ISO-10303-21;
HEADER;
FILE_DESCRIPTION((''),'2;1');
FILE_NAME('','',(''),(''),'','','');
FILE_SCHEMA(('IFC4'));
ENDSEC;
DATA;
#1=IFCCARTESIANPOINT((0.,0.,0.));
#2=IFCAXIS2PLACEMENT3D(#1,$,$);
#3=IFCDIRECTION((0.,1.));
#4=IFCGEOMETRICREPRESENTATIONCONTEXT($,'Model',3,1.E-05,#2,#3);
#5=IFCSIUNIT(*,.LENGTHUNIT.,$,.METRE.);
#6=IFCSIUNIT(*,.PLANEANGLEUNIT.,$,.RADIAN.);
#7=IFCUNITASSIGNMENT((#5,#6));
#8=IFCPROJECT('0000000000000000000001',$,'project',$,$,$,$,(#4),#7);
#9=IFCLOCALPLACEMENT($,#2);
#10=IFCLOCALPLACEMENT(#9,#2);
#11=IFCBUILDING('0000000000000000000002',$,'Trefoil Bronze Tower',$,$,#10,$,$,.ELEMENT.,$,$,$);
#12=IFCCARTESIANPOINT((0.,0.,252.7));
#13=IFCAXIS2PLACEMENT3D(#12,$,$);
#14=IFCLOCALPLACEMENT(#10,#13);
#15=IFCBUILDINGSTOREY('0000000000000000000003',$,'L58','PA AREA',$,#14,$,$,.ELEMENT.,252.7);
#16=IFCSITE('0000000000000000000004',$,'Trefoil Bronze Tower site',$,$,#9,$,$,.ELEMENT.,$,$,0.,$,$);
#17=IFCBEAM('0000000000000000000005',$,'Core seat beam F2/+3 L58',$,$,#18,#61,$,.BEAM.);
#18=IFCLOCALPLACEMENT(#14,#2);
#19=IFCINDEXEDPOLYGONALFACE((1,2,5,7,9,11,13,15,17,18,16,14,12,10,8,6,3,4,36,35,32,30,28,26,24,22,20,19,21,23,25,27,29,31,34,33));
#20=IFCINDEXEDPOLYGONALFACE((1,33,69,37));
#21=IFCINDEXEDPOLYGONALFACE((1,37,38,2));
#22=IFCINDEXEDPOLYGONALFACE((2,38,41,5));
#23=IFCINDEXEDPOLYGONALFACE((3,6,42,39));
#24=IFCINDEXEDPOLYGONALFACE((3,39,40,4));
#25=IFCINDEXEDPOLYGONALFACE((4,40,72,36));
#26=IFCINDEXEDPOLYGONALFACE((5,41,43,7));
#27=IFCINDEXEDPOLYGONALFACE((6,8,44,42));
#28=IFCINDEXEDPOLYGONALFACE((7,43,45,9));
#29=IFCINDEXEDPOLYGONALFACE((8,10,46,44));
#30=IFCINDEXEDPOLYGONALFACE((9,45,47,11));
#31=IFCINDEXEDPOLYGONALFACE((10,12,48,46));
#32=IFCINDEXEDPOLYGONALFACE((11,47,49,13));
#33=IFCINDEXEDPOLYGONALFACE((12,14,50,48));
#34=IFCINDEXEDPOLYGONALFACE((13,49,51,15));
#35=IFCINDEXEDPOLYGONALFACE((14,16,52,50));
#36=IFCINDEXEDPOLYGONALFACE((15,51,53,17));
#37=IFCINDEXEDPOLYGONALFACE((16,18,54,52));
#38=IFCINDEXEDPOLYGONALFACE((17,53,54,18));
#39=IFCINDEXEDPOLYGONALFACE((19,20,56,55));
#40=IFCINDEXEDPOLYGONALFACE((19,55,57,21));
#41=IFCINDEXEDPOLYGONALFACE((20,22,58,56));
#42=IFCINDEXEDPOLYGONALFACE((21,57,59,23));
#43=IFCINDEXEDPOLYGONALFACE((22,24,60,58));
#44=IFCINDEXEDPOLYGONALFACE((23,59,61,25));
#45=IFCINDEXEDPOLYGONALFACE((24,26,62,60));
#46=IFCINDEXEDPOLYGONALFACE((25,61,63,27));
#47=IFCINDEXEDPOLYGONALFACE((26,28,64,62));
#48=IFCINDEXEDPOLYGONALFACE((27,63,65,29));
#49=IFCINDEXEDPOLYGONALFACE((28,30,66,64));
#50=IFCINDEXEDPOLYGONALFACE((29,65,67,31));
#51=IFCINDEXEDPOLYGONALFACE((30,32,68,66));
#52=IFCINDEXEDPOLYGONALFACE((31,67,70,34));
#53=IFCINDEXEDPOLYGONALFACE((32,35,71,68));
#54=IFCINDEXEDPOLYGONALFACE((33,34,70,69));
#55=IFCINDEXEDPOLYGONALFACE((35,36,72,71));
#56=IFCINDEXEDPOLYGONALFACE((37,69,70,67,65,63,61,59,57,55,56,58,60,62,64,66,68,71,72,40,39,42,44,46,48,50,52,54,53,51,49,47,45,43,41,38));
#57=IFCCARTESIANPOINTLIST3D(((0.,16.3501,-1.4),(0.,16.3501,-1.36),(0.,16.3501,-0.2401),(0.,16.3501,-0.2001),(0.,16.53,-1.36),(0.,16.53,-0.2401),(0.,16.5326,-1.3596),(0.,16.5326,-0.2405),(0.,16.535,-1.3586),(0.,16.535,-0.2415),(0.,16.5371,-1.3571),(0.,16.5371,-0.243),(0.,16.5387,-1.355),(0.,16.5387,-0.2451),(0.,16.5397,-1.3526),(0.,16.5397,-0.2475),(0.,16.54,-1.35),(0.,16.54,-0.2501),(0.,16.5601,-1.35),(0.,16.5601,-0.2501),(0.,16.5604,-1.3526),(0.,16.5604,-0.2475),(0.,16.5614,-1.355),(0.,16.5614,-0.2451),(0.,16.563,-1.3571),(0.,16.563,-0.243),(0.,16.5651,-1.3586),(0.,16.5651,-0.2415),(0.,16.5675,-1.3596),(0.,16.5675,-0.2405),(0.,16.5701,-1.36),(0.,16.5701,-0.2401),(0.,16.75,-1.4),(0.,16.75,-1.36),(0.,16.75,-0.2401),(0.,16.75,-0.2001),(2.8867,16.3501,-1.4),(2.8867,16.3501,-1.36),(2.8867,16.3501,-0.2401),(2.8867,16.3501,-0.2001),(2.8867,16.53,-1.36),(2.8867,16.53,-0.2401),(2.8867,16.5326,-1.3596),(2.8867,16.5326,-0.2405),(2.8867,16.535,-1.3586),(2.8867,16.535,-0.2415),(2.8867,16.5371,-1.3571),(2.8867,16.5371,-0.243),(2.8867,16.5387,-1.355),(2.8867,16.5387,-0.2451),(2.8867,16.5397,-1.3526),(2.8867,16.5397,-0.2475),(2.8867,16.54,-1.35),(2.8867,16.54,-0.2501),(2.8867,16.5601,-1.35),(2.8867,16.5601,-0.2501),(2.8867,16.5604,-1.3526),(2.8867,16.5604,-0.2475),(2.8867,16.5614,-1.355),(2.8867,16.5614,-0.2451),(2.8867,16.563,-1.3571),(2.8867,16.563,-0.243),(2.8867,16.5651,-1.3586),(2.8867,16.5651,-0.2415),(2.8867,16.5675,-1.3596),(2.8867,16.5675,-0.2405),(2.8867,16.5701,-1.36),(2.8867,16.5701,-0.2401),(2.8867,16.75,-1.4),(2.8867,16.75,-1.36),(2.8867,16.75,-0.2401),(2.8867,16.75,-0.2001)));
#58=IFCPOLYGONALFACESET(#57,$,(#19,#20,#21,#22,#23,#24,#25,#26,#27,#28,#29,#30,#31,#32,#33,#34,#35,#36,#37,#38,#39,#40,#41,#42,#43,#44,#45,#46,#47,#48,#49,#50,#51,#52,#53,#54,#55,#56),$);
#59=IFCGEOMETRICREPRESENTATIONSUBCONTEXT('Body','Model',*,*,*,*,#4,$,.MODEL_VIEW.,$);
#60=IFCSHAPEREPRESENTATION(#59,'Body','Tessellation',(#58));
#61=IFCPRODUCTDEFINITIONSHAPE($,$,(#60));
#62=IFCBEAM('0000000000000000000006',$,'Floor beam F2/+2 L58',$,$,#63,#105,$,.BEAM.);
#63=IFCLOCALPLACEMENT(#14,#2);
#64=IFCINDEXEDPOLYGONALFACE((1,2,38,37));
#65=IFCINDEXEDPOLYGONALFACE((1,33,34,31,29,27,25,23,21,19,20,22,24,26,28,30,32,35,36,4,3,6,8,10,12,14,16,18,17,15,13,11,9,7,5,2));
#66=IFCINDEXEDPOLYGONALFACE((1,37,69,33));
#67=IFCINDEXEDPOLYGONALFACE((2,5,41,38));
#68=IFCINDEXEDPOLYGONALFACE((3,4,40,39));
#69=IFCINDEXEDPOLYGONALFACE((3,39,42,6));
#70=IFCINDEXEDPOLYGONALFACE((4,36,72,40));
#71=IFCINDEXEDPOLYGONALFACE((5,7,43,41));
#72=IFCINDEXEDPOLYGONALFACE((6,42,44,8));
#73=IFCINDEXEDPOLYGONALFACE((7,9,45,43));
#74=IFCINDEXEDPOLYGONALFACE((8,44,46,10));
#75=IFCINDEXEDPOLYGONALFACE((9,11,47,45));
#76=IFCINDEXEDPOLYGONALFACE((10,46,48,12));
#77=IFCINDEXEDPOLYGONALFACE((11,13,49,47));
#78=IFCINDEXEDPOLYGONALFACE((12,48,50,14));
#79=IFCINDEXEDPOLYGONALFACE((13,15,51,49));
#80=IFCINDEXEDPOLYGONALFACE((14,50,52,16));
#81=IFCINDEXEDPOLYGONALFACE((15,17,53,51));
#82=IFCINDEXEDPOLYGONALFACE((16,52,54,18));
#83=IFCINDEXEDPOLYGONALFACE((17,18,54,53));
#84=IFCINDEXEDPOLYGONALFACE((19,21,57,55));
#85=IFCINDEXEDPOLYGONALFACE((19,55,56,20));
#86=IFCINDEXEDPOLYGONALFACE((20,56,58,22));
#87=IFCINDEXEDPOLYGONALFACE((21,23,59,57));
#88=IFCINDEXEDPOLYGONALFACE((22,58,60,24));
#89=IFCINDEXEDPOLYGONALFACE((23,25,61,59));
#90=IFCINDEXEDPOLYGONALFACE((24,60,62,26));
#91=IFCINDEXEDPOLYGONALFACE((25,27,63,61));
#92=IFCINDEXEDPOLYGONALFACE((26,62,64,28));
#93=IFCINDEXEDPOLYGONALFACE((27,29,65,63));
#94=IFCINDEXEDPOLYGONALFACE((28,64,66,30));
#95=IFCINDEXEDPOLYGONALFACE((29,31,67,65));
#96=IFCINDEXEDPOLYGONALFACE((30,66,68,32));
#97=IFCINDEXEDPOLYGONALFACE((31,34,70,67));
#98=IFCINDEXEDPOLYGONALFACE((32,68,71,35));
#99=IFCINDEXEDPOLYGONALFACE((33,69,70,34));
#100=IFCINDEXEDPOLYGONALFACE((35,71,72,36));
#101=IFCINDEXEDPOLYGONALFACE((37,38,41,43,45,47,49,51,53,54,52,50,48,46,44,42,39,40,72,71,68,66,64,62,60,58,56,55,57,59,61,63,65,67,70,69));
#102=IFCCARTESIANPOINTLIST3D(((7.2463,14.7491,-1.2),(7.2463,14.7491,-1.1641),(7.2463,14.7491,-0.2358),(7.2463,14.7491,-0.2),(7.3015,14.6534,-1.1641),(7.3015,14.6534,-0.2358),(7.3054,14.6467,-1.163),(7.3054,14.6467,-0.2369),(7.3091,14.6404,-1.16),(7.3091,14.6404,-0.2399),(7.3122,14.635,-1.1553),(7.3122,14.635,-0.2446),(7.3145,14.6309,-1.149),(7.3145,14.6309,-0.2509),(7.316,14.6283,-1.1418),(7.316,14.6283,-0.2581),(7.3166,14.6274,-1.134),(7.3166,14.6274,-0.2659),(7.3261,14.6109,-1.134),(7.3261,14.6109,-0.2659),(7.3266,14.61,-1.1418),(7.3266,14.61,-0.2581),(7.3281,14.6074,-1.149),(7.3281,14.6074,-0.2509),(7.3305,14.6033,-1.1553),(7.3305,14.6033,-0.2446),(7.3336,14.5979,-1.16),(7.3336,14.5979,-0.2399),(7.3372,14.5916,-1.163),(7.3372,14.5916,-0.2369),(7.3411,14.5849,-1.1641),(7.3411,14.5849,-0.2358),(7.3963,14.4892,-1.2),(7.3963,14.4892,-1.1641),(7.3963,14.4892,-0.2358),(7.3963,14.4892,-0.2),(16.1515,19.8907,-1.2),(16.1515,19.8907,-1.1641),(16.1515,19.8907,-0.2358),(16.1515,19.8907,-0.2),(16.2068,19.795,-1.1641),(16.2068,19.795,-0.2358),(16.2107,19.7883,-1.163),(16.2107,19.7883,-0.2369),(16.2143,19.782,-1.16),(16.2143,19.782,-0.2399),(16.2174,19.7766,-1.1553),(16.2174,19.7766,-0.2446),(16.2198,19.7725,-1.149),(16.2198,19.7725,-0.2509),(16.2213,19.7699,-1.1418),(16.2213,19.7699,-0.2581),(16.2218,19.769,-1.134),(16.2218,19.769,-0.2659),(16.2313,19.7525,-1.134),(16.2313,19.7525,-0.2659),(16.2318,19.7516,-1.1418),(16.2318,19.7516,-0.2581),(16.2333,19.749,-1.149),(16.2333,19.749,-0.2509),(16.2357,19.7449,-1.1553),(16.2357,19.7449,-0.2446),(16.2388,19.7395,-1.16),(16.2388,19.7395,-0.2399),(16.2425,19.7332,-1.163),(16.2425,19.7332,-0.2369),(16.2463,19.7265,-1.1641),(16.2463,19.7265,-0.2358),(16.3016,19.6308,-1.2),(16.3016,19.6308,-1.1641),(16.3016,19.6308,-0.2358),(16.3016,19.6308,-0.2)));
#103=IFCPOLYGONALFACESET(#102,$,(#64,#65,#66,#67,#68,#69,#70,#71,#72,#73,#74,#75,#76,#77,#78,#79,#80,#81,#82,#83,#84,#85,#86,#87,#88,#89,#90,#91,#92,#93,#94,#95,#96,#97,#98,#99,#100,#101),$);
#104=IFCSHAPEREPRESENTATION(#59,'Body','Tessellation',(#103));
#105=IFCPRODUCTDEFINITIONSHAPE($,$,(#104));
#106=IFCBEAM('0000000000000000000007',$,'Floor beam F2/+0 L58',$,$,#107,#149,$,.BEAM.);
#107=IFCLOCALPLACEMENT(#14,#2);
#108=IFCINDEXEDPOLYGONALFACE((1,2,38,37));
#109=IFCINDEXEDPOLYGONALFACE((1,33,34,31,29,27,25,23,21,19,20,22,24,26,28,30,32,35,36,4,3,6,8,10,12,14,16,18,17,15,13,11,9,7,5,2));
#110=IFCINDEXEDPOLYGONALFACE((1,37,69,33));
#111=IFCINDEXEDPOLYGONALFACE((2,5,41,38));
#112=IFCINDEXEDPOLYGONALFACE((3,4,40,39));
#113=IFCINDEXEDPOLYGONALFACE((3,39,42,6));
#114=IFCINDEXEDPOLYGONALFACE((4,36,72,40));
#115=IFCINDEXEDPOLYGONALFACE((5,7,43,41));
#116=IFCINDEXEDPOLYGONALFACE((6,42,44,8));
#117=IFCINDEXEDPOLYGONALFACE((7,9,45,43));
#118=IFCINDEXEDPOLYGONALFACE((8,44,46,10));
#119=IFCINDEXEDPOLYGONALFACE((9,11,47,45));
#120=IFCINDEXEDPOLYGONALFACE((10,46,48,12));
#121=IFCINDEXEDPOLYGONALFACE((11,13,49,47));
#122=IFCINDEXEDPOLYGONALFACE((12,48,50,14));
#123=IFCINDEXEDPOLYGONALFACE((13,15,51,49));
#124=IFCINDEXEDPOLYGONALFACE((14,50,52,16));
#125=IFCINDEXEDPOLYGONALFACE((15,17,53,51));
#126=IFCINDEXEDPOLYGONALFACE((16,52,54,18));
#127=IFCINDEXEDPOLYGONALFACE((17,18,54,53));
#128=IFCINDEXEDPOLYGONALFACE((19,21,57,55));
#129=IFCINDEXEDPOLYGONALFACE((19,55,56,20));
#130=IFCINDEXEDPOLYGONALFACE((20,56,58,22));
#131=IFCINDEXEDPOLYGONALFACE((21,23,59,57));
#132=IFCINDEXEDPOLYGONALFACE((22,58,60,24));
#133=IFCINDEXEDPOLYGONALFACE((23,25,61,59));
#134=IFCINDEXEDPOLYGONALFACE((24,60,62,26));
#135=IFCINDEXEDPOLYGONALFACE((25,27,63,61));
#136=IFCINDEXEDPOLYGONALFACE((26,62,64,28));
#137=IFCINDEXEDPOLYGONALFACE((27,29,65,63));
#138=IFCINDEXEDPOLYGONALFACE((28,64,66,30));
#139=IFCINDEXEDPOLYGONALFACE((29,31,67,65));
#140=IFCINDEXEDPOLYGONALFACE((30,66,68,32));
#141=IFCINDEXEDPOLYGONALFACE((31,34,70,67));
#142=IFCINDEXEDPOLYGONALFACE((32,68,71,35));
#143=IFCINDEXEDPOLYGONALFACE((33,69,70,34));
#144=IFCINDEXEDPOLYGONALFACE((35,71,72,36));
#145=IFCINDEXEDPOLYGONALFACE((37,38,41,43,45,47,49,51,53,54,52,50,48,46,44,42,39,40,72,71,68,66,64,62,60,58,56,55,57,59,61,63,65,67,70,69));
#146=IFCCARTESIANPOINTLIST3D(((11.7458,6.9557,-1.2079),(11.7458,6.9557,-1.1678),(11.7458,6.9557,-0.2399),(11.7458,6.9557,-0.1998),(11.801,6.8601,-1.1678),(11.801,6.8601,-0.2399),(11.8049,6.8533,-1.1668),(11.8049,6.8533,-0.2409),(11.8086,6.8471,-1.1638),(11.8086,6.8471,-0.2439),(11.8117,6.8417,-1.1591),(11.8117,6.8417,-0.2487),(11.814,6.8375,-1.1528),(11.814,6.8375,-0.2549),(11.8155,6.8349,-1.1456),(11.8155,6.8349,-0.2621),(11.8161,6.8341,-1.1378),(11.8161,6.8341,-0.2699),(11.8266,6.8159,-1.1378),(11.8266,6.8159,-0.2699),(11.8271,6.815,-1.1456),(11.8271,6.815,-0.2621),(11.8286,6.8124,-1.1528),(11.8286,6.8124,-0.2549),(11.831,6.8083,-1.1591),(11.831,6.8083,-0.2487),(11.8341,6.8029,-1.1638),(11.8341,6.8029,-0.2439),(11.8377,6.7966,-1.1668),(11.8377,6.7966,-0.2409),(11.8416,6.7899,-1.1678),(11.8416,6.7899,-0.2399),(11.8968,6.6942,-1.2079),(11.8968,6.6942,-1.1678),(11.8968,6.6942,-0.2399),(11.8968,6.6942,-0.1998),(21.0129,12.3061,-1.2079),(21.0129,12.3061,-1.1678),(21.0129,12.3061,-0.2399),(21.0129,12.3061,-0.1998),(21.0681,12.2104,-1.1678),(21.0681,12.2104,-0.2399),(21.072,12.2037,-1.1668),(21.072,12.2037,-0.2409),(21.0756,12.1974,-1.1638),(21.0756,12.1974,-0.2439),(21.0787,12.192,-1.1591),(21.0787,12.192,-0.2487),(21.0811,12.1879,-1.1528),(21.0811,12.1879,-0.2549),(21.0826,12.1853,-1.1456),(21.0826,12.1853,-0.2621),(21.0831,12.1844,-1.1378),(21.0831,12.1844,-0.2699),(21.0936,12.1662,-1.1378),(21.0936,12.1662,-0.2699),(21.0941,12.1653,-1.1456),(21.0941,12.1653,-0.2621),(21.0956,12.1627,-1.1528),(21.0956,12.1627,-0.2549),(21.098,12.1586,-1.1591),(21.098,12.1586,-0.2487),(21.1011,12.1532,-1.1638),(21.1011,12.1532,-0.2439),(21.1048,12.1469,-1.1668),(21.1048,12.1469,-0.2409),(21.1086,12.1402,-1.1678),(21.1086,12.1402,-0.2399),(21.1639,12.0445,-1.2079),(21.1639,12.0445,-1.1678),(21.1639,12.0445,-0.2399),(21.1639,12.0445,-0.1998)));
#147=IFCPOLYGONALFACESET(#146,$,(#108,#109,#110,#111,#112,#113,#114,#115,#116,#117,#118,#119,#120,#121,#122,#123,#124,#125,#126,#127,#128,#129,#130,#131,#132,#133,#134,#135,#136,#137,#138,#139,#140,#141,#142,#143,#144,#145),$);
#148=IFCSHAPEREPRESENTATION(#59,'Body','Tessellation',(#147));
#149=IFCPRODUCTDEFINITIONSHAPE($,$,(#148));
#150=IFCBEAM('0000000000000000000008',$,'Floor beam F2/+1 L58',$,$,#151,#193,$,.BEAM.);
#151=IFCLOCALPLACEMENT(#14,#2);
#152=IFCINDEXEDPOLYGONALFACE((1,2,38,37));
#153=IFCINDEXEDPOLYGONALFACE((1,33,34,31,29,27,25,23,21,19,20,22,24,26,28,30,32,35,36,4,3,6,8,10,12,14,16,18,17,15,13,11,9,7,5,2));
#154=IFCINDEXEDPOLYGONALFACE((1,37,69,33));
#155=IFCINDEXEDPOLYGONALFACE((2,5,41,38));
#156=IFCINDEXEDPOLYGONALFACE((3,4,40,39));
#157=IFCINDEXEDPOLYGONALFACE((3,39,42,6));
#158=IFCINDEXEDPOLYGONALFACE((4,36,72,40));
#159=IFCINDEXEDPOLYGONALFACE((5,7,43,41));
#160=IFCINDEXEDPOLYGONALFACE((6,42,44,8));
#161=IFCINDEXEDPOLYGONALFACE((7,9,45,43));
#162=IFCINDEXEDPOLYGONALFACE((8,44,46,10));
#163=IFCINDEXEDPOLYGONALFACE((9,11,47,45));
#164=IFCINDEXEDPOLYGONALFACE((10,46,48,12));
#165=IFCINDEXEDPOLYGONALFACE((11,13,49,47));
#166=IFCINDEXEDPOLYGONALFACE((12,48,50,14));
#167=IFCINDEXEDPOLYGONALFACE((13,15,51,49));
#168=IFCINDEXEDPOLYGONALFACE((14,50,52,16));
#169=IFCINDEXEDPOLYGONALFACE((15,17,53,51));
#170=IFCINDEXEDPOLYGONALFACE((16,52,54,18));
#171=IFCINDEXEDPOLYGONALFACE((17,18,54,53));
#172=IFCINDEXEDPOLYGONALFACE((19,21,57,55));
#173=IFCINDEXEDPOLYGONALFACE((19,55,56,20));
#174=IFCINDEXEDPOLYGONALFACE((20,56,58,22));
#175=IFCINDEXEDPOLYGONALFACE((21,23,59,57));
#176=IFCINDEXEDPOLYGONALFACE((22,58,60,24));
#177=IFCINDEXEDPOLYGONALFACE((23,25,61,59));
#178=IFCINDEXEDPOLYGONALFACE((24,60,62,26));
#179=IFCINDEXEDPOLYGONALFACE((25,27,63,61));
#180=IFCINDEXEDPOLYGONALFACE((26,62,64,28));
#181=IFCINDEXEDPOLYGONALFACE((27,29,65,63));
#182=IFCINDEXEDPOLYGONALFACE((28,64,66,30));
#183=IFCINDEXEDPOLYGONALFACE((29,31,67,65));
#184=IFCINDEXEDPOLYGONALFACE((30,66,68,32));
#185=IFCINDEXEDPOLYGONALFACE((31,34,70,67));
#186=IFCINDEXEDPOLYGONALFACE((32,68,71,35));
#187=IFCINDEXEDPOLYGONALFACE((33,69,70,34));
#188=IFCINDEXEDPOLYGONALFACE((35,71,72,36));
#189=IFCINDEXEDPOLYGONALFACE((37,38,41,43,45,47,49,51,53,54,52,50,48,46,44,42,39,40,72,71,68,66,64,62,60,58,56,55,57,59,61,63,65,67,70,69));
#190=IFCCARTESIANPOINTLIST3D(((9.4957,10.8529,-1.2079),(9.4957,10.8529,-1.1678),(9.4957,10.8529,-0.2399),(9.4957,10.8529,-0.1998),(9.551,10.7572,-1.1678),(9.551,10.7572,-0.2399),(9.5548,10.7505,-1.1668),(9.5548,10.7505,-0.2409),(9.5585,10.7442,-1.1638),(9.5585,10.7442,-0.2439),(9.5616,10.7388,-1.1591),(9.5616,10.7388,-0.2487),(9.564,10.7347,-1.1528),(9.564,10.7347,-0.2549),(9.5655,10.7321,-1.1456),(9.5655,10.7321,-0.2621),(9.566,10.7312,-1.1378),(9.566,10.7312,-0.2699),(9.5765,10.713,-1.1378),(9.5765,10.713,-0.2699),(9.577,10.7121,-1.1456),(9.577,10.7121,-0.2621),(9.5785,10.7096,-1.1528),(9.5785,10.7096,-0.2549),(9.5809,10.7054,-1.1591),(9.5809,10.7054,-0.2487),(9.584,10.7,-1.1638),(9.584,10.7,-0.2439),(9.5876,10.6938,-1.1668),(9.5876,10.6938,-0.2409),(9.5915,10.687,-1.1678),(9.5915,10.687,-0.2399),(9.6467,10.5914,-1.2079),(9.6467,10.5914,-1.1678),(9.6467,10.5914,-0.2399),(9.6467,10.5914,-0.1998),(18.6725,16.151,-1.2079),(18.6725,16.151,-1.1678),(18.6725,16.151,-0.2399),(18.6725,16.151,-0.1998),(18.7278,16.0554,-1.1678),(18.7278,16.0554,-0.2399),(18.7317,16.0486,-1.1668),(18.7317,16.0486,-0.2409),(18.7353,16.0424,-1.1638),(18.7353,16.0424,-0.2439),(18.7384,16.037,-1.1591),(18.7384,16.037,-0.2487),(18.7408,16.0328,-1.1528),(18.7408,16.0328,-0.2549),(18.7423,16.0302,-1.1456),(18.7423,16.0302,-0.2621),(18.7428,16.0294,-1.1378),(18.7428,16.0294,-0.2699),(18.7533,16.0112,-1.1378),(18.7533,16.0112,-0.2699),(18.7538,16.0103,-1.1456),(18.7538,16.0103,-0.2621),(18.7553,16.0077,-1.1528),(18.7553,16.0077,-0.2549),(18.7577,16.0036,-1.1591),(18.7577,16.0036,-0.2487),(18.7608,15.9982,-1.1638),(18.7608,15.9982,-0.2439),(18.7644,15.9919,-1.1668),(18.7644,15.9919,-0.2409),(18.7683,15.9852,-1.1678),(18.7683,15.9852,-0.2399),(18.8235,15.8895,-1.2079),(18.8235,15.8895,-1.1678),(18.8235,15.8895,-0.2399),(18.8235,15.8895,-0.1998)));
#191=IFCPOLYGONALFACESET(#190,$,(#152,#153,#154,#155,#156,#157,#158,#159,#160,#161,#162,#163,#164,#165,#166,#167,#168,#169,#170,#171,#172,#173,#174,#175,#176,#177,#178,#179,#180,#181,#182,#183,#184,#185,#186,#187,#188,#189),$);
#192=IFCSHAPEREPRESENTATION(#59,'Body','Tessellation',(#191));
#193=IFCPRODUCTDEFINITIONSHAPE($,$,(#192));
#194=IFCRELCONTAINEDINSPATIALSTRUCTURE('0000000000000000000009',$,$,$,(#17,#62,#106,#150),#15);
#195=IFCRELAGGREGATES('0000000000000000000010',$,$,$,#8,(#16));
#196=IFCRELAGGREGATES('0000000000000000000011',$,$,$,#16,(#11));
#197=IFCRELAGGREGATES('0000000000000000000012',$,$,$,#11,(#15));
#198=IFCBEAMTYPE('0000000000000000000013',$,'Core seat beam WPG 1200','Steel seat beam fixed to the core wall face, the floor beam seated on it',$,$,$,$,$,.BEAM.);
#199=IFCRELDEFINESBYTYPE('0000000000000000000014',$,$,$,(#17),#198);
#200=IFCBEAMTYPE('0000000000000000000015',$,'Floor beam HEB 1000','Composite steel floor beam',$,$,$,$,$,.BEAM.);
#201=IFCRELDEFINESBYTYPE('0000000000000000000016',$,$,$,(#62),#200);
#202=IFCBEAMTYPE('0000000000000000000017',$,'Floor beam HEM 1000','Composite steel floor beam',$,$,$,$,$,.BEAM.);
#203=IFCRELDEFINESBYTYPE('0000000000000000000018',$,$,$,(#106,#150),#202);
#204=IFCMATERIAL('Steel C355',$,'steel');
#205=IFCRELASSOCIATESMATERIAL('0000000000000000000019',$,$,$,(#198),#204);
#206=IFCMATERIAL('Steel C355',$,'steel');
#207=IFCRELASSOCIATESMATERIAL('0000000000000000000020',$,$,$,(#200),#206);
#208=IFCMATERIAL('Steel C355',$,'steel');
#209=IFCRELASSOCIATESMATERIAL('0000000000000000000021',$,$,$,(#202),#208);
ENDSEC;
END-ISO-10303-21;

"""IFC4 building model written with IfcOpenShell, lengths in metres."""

from ifc_helpers import new_model, si_unit, direction, frame, origin, origin_2d, place, context, subcontext, project, spatial, i_section, extrude, material, material_profile, profile_set, type_object, element, save


model = new_model("IFC4")

# Units and contexts
model_context = context("Model", 3, precision=1e-05, world=origin(), true_north=direction((0.0, 1.0)))
body_context = subcontext(model_context, "Body", "Model", "MODEL_VIEW")
ifc_project = project(units=[si_unit("LENGTHUNIT", "METRE"), si_unit("PLANEANGLEUNIT", "RADIAN")], contexts=[model_context])

# Site, building, storey
site_placement = place(None, origin())
site = spatial("IfcSite", under=ifc_project, at=site_placement, Name="Trefoil Bronze Tower site", CompositionType="ELEMENT", RefElevation=0.0)
building_placement = place(site_placement, origin())
building = spatial("IfcBuilding", under=site, at=building_placement, Name="Trefoil Bronze Tower", CompositionType="ELEMENT")
storey_placement = place(building_placement, frame((0.0, 0.0, 252.7)))
storey = spatial("IfcBuildingStorey", under=building, at=storey_placement, Name="L58", Description="PA AREA", CompositionType="ELEMENT", Elevation=252.7)

# Beams
ifc_material_1 = material(Name="Steel C355", Category="steel")
ifc_material_profile_1 = material_profile(ifc_material_1, i_section(OverallWidth=0.3999, OverallDepth=1.2, WebThickness=0.02, FlangeThickness=0.04, FilletRadius=0.01, at=origin_2d()), Name="WPG 1200")
ifc_profile_set_1 = profile_set([ifc_material_profile_1], Name="Steel C355")
beam_type_1 = type_object("IfcBeamType", Name="Core seat beam WPG 1200", Description="Steel seat beam fixed to the core wall face, the floor beam seated on it", PredefinedType="BEAM", material=ifc_profile_set_1)
beam_1_placement = place(storey_placement, frame((2.8867, 16.55, -0.8), z_axis=(-1.0, 0.0, 0.0), x_axis=(0.0, -1.0, 0.0)))
element("IfcBeam", 1, at=beam_1_placement, inside=storey, type_object=beam_type_1, Name="Core seat beam F2/+3 L58", PredefinedType="BEAM", context=body_context, shape_type="SweptSolid", body=[
    extrude(i_section(OverallWidth=0.3999, OverallDepth=1.2, WebThickness=0.02, FlangeThickness=0.04, FilletRadius=0.01, at=origin_2d()), origin(), (0.0, 0.0, 1.0), 2.8867),
])
ifc_material_2 = material(Name="Steel C355", Category="steel")
ifc_material_profile_2 = material_profile(ifc_material_2, i_section(OverallWidth=0.3, OverallDepth=1.0, WebThickness=0.019, FlangeThickness=0.0359, FilletRadius=0.03, at=origin_2d()), Name="HEB 1000")
ifc_profile_set_2 = profile_set([ifc_material_profile_2], Name="Steel C355")
beam_type_2 = type_object("IfcBeamType", Name="Floor beam HEB 1000", Description="Composite steel floor beam", PredefinedType="BEAM", material=ifc_profile_set_2)
beam_2_placement = place(storey_placement, frame((16.2266, 19.7607, -0.7), z_axis=(-0.86602, -0.50001, 0.0), x_axis=(0.50001, -0.86602, 0.0)))
element("IfcBeam", 2, at=beam_2_placement, inside=storey, type_object=beam_type_2, Name="Floor beam F2/+2 L58", PredefinedType="BEAM", context=body_context, shape_type="SweptSolid", body=[
    extrude(i_section(OverallWidth=0.3, OverallDepth=1.0, WebThickness=0.019, FlangeThickness=0.0359, FilletRadius=0.03, at=origin_2d()), origin(), (0.0, 0.0, 1.0), 10.283),
])
ifc_material_3 = material(Name="Steel C355", Category="steel")
ifc_material_profile_3 = material_profile(ifc_material_3, i_section(OverallWidth=0.302, OverallDepth=1.0081, WebThickness=0.021, FlangeThickness=0.04, FilletRadius=0.03, at=origin_2d()), Name="HEM 1000")
ifc_profile_set_3 = profile_set([ifc_material_profile_3], Name="Steel C355")
beam_type_3 = type_object("IfcBeamType", Name="Floor beam HEM 1000", Description="Composite steel floor beam", PredefinedType="BEAM", material=ifc_profile_set_3)
beam_3_placement = place(storey_placement, frame((21.0884, 12.1753, -0.7039), z_axis=(-0.866026, -0.499999, 0.0), x_axis=(0.499999, -0.866026, 0.0)))
element("IfcBeam", 3, at=beam_3_placement, inside=storey, type_object=beam_type_3, Name="Floor beam F2/+0 L58", PredefinedType="BEAM", context=body_context, shape_type="SweptSolid", body=[
    extrude(i_section(OverallWidth=0.302, OverallDepth=1.0081, WebThickness=0.021, FlangeThickness=0.04, FilletRadius=0.03, at=origin_2d()), origin(), (0.0, 0.0, 1.0), 10.7007),
])
beam_4_placement = place(storey_placement, frame((18.748, 16.0203, -0.7039), z_axis=(-0.86603, -0.499992, 0.0), x_axis=(0.499992, -0.86603, 0.0)))
element("IfcBeam", 4, at=beam_4_placement, inside=storey, type_object=beam_type_3, Name="Floor beam F2/+1 L58", PredefinedType="BEAM", context=body_context, shape_type="SweptSolid", body=[
    extrude(i_section(OverallWidth=0.302, OverallDepth=1.0081, WebThickness=0.021, FlangeThickness=0.04, FilletRadius=0.03, at=origin_2d()), origin(), (0.0, 0.0, 1.0), 10.5964),
])

save(model, "model.ifc")
